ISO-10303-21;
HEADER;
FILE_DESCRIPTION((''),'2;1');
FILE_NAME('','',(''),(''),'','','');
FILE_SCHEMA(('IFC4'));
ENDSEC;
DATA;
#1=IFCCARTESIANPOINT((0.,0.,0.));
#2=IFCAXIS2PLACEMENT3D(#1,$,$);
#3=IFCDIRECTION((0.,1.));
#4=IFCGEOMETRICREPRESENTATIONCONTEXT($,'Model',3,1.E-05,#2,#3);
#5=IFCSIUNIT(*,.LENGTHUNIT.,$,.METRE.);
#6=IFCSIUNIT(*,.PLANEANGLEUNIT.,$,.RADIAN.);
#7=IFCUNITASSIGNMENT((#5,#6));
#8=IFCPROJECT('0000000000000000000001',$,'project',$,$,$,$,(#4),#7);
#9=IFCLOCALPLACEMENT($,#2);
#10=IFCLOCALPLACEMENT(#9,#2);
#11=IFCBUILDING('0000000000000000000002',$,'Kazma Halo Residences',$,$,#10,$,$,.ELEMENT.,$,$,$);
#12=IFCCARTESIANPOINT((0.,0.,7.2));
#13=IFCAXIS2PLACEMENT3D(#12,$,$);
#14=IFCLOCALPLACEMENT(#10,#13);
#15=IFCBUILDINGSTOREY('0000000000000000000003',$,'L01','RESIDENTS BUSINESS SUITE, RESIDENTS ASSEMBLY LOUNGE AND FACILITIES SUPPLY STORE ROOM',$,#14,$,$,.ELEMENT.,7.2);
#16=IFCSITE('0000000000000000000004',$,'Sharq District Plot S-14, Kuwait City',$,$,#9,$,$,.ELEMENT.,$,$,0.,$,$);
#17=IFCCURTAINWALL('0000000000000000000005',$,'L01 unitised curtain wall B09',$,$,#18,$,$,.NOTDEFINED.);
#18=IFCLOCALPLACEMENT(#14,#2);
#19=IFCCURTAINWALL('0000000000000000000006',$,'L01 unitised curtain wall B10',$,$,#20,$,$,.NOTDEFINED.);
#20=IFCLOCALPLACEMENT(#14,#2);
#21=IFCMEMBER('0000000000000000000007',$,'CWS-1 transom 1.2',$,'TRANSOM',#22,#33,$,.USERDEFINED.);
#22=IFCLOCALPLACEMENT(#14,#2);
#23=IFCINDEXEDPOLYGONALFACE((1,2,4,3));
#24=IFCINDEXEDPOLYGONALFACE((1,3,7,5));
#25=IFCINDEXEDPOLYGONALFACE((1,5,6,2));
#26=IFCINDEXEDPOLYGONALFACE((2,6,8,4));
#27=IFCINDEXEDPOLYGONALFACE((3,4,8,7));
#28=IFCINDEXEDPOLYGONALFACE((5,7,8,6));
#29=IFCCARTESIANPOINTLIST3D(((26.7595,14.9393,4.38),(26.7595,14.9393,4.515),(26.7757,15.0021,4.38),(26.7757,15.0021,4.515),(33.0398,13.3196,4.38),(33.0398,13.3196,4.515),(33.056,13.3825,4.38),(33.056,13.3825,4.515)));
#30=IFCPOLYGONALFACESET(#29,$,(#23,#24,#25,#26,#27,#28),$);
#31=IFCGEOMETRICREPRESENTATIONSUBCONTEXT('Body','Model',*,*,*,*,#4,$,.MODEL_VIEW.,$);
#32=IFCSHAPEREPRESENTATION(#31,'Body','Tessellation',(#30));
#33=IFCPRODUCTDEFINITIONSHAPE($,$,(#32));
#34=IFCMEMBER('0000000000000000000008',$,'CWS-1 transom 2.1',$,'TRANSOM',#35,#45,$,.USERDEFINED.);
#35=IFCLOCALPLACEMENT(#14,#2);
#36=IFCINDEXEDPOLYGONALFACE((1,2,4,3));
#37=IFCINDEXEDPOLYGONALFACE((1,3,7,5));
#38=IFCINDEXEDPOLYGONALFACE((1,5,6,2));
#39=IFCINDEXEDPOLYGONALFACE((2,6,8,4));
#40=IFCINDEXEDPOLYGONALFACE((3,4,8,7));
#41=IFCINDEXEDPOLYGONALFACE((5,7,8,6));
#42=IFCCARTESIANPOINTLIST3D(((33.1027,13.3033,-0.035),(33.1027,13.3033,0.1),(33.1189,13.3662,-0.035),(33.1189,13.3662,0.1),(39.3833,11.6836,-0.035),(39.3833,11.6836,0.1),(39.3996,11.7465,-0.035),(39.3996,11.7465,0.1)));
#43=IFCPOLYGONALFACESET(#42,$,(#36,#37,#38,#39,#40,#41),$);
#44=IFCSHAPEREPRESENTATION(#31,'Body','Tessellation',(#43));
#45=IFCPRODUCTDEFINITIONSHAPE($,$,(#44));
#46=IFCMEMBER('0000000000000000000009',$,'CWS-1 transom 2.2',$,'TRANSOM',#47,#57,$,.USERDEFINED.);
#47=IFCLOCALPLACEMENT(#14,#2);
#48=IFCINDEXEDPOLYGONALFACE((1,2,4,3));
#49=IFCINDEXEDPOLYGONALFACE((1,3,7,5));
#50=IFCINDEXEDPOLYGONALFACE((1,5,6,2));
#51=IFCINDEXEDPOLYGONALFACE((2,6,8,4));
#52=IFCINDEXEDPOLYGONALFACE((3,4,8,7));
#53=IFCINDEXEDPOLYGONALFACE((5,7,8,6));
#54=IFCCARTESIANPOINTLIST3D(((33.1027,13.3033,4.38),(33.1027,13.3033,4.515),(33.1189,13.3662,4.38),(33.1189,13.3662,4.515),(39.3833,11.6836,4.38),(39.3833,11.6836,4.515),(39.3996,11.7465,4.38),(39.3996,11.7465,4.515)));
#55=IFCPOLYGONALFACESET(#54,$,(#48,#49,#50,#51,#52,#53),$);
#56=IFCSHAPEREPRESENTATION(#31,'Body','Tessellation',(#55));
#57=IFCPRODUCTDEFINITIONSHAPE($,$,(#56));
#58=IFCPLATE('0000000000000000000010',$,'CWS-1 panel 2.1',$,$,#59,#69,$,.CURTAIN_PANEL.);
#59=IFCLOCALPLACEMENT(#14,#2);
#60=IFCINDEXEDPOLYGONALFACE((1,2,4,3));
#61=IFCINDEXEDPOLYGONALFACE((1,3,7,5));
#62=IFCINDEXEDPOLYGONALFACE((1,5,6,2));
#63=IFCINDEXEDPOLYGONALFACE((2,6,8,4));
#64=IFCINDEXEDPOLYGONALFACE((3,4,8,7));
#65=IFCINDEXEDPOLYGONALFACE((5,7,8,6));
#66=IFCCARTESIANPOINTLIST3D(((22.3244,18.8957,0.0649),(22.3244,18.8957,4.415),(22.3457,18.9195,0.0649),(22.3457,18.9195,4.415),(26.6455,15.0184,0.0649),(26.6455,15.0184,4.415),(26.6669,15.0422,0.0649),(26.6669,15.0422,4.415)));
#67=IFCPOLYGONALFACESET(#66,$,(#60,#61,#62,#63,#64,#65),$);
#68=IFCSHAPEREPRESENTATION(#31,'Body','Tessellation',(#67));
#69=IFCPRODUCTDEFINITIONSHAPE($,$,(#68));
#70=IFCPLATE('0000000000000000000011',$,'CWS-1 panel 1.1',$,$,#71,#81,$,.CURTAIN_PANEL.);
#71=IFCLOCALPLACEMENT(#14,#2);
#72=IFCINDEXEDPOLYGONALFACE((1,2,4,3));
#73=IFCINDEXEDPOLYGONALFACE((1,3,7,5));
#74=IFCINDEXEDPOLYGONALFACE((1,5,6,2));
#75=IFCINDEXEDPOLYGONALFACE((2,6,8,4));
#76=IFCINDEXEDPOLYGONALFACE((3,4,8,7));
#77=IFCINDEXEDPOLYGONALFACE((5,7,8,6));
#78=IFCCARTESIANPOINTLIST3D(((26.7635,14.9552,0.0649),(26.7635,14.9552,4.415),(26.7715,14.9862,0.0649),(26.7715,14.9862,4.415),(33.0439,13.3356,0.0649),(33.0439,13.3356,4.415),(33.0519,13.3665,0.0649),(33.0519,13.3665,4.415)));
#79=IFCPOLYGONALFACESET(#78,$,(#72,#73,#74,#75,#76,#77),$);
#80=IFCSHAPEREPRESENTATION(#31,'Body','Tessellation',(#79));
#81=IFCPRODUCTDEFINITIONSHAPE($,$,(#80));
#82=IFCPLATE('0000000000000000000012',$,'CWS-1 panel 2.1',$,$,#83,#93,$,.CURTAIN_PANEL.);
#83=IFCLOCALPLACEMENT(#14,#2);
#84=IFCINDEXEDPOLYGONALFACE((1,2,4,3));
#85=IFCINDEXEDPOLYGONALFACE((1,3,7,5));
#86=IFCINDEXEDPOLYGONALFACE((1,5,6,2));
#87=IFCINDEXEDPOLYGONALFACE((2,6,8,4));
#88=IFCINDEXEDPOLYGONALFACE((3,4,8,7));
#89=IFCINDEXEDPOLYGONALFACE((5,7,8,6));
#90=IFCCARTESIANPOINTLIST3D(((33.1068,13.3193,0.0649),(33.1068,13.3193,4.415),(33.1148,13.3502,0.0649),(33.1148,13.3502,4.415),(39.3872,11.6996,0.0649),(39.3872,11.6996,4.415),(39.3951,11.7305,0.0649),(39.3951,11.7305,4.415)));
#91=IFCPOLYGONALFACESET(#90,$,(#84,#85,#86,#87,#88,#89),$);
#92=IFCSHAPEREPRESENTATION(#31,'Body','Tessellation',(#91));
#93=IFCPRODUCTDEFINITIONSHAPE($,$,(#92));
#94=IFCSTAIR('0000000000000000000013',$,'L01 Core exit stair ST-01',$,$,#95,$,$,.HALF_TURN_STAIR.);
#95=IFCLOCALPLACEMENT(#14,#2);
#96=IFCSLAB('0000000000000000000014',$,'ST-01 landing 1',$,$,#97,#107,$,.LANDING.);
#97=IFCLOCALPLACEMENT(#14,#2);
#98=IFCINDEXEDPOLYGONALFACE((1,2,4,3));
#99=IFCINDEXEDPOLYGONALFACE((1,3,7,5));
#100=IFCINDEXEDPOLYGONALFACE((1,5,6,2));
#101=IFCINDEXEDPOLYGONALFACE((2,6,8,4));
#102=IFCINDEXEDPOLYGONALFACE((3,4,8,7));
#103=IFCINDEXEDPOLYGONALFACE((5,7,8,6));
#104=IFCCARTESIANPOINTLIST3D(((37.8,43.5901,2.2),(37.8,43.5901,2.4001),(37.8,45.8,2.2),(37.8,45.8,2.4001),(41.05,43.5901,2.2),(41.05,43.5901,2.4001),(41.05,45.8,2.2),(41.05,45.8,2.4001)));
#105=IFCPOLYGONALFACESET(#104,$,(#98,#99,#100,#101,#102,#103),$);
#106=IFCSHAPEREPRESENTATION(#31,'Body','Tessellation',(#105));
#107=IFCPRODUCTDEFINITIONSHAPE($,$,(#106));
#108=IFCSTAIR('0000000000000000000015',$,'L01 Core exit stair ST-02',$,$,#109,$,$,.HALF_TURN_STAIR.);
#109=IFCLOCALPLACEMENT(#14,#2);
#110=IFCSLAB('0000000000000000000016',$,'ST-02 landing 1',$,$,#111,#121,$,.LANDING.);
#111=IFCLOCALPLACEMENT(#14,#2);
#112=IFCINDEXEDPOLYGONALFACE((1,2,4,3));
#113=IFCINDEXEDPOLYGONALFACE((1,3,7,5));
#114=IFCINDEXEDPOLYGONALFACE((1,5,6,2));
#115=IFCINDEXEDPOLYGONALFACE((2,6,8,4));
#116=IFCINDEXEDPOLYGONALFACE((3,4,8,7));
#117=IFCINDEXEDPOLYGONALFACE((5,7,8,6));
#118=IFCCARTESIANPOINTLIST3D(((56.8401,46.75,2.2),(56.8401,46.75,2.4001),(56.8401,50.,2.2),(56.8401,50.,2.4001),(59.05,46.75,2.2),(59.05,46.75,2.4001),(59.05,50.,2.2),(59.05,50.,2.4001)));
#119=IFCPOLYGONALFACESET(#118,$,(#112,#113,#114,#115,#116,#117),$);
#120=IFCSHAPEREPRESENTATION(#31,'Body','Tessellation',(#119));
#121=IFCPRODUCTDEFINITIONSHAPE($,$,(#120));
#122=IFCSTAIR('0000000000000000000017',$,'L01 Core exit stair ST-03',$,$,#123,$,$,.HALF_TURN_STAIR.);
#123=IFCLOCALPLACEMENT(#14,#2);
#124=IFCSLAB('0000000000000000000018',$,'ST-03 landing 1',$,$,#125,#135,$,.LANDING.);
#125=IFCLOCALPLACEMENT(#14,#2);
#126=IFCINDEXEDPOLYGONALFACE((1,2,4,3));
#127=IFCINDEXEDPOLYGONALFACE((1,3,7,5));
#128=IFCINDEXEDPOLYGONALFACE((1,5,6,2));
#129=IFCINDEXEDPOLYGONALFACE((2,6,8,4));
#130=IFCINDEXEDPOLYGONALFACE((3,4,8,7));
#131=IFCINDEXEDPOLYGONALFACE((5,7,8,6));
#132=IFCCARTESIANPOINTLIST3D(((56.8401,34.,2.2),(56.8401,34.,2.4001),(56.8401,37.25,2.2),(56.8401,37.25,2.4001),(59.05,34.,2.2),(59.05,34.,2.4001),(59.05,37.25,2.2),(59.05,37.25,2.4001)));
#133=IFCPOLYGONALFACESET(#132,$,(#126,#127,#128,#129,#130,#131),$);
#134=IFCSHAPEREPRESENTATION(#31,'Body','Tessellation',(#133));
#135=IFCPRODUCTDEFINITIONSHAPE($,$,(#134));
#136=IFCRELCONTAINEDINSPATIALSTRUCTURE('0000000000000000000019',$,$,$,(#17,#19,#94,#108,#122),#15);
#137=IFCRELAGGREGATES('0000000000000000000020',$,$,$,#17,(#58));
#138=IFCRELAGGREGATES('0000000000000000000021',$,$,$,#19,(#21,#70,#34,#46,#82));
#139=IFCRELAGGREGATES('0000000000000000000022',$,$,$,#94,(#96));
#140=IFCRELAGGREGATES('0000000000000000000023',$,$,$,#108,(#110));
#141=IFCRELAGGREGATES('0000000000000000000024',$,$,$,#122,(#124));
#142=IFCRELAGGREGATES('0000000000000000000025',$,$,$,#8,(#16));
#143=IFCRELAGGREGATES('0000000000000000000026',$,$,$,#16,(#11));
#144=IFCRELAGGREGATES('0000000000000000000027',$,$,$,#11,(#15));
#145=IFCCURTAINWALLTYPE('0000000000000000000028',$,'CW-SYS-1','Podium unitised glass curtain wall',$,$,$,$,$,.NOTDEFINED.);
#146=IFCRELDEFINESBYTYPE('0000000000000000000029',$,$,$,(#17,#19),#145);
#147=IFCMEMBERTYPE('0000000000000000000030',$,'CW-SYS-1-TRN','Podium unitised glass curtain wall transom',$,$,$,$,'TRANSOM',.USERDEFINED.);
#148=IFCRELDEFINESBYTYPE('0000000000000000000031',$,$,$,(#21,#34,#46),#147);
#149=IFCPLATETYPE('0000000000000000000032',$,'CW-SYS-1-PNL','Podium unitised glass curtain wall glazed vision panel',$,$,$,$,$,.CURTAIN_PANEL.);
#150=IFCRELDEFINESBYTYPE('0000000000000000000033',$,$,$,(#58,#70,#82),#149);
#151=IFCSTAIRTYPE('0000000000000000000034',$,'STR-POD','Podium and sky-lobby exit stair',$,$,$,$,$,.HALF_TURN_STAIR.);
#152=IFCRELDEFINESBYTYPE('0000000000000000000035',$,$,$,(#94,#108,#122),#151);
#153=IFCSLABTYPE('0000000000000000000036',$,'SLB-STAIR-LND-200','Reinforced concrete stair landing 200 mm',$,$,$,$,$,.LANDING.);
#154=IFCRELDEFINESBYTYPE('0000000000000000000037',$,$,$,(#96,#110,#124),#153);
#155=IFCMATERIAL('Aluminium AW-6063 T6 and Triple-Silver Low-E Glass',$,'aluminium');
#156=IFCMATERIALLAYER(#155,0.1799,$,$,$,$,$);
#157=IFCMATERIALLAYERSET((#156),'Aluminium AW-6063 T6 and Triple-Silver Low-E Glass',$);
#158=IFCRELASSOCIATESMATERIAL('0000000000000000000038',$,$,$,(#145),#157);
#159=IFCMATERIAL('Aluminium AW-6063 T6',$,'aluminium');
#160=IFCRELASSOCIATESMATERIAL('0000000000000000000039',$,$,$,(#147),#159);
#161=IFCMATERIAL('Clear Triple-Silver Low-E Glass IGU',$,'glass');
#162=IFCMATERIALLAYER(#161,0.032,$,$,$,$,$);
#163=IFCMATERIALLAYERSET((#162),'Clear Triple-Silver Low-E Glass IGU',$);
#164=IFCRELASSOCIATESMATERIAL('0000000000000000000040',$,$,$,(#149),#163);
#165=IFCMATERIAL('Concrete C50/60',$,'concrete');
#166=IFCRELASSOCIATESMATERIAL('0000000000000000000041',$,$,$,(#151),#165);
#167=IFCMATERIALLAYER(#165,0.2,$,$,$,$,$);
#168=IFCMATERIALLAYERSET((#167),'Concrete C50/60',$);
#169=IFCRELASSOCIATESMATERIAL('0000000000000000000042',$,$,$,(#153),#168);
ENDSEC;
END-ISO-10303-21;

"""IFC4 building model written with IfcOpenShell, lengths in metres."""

from ifc_helpers import new_model, si_unit, direction, frame, origin, origin_2d, place, context, subcontext, project, spatial, polyline, rectangle, outline, extrude, material, layer, layer_set, material_profile, profile_set, type_object, element, aggregate, save


model = new_model("IFC4")

# Units and contexts
model_context = context("Model", 3, precision=1e-05, world=origin(), true_north=direction((0.0, 1.0)))
body_context = subcontext(model_context, "Body", "Model", "MODEL_VIEW")
ifc_project = project(units=[si_unit("LENGTHUNIT", "METRE"), si_unit("PLANEANGLEUNIT", "RADIAN")], contexts=[model_context])

# Site, building, storey
site_placement = place(None, origin())
site = spatial("IfcSite", under=ifc_project, at=site_placement, Name="Sharq District Plot S-14, Kuwait City", CompositionType="ELEMENT", RefElevation=0.0)
building_placement = place(site_placement, origin())
building = spatial("IfcBuilding", under=site, at=building_placement, Name="Kazma Halo Residences", CompositionType="ELEMENT")
storey_placement = place(building_placement, frame((0.0, 0.0, 7.2)))
storey = spatial("IfcBuildingStorey", under=building, at=storey_placement, Name="L01", Description="RESIDENTS BUSINESS SUITE, RESIDENTS ASSEMBLY LOUNGE AND FACILITIES SUPPLY STORE ROOM", CompositionType="ELEMENT", Elevation=7.2)

# Curtain wall
ifc_material_1 = material(Name="Aluminium AW-6063 T6 and Triple-Silver Low-E Glass", Category="aluminium")
ifc_layer_1 = layer(ifc_material_1, 0.1799)
ifc_layer_set_1 = layer_set([ifc_layer_1], Name="Aluminium AW-6063 T6 and Triple-Silver Low-E Glass")
curtain_wall_type = type_object("IfcCurtainWallType", Name="CW-SYS-1", Description="Podium unitised glass curtain wall", PredefinedType="NOTDEFINED", material=ifc_layer_set_1)
curtain_wall_1_placement = place(storey_placement, origin())
curtain_wall_1 = element("IfcCurtainWall", 1, at=curtain_wall_1_placement, inside=storey, type_object=curtain_wall_type, Name="L01 unitised curtain wall B09", PredefinedType="NOTDEFINED")
ifc_material_2 = material(Name="Aluminium AW-6063 T6", Category="aluminium")

# Curtain wall
curtain_wall_2_placement = place(storey_placement, origin())
curtain_wall_2 = element("IfcCurtainWall", 2, at=curtain_wall_2_placement, inside=storey, type_object=curtain_wall_type, Name="L01 unitised curtain wall B10", PredefinedType="NOTDEFINED")

# Members
ifc_material_profile_1 = material_profile(ifc_material_2, rectangle(XDim=0.0649, YDim=0.135, at=origin_2d()), Name="CWT-65x135")
ifc_profile_set_1 = profile_set([ifc_material_profile_1], Name="Aluminium AW-6063 T6")
member_type_1 = type_object("IfcMemberType", Name="CW-SYS-1-TRN", Description="Podium unitised glass curtain wall transom", ElementType="TRANSOM", PredefinedType="USERDEFINED", material=ifc_profile_set_1)
member_1_placement = place(storey_placement, frame((26.7676, 14.9707, 4.4475), z_axis=(0.968318, -0.249721, 0.0), x_axis=(0.249721, 0.968318, 0.0)))
member_1 = element("IfcMember", 3, at=member_1_placement, type_object=member_type_1, Name="CWS-1 transom 1.2", ObjectType="TRANSOM", PredefinedType="USERDEFINED", context=body_context, shape_type="SweptSolid", body=[
    extrude(rectangle(XDim=0.0649, YDim=0.135, at=origin_2d()), origin(), (0.0, 0.0, 1.0), 6.4858),
])
member_2_placement = place(storey_placement, frame((33.1108, 13.3347, 0.0325), z_axis=(0.96832, -0.249712, 0.0), x_axis=(0.249712, 0.96832, 0.0)))
member_2 = element("IfcMember", 4, at=member_2_placement, type_object=member_type_1, Name="CWS-1 transom 2.1", ObjectType="TRANSOM", PredefinedType="USERDEFINED", context=body_context, shape_type="SweptSolid", body=[
    extrude(rectangle(XDim=0.0649, YDim=0.135, at=origin_2d()), origin(), (0.0, 0.0, 1.0), 6.4861),
])
member_3_placement = place(storey_placement, frame((33.1108, 13.3347, 4.4475), z_axis=(0.96832, -0.249712, 0.0), x_axis=(0.249712, 0.96832, 0.0)))
member_3 = element("IfcMember", 5, at=member_3_placement, type_object=member_type_1, Name="CWS-1 transom 2.2", ObjectType="TRANSOM", PredefinedType="USERDEFINED", context=body_context, shape_type="SweptSolid", body=[
    extrude(rectangle(XDim=0.0649, YDim=0.135, at=origin_2d()), origin(), (0.0, 0.0, 1.0), 6.4861),
])

# Plates
ifc_material_3 = material(Name="Clear Triple-Silver Low-E Glass IGU", Category="glass")
ifc_layer_2 = layer(ifc_material_3, 0.032)
ifc_layer_set_2 = layer_set([ifc_layer_2], Name="Clear Triple-Silver Low-E Glass IGU")
plate_type = type_object("IfcPlateType", Name="CW-SYS-1-PNL", Description="Podium unitised glass curtain wall glazed vision panel", PredefinedType="CURTAIN_PANEL", material=ifc_layer_set_2)
plate_1_placement = place(storey_placement, frame((24.4956, 16.969, 0.0649), z_axis=(0.0, 0.0, 1.0), x_axis=(0.744298, -0.667848, 0.0)))
plate_1 = element("IfcPlate", 6, at=plate_1_placement, type_object=plate_type, Name="CWS-1 panel 2.1", PredefinedType="CURTAIN_PANEL", context=body_context, shape_type="SweptSolid", body=[
    extrude(rectangle(XDim=5.8057, YDim=0.032, at=origin_2d()), origin(), (0.0, 0.0, 1.0), 4.3501),
])
aggregate(curtain_wall_1, [plate_1])
plate_2_placement = place(storey_placement, frame((29.9077, 14.1609, 0.0649), z_axis=(0.0, 0.0, 1.0), x_axis=(0.968316, -0.249727, 0.0)))
plate_2 = element("IfcPlate", 7, at=plate_2_placement, type_object=plate_type, Name="CWS-1 panel 1.1", PredefinedType="CURTAIN_PANEL", context=body_context, shape_type="SweptSolid", body=[
    extrude(rectangle(XDim=6.4858, YDim=0.032, at=origin_2d()), origin(), (0.0, 0.0, 1.0), 4.3501),
])
plate_3_placement = place(storey_placement, frame((36.251, 12.5249, 0.0649), z_axis=(0.0, 0.0, 1.0), x_axis=(0.968316, -0.249727, 0.0)))
plate_3 = element("IfcPlate", 8, at=plate_3_placement, type_object=plate_type, Name="CWS-1 panel 2.1", PredefinedType="CURTAIN_PANEL", context=body_context, shape_type="SweptSolid", body=[
    extrude(rectangle(XDim=6.4858, YDim=0.032, at=origin_2d()), origin(), (0.0, 0.0, 1.0), 4.3501),
])
aggregate(curtain_wall_2, [member_1, plate_2, member_2, member_3, plate_3])

# Stairs, slabs
ifc_material_4 = material(Name="Concrete C50/60", Category="concrete")
stair_type = type_object("IfcStairType", Name="STR-POD", Description="Podium and sky-lobby exit stair", PredefinedType="HALF_TURN_STAIR", material=ifc_material_4)
stair_1_placement = place(storey_placement, origin())
stair_1 = element("IfcStair", 9, at=stair_1_placement, inside=storey, type_object=stair_type, Name="L01 Core exit stair ST-01", PredefinedType="HALF_TURN_STAIR")
ifc_layer_3 = layer(ifc_material_4, 0.2)
ifc_layer_set_3 = layer_set([ifc_layer_3], Name="Concrete C50/60")
slab_type_1 = type_object("IfcSlabType", Name="SLB-STAIR-LND-200", Description="Reinforced concrete stair landing 200 mm", PredefinedType="LANDING", material=ifc_layer_set_3)
slab_1_placement = place(storey_placement, frame((0.0, 0.0, 2.2)))
slab_1 = element("IfcSlab", 10, at=slab_1_placement, type_object=slab_type_1, Name="ST-01 landing 1", PredefinedType="LANDING", context=body_context, shape_type="SweptSolid", body=[
    extrude(outline(polyline([(41.05, 43.5901), (41.05, 45.8), (37.8, 45.8), (37.8, 43.5901), (41.05, 43.5901)])), origin(), (0.0, 0.0, 1.0), 0.2002),
])
aggregate(stair_1, [slab_1])
stair_2_placement = place(storey_placement, origin())
stair_2 = element("IfcStair", 11, at=stair_2_placement, inside=storey, type_object=stair_type, Name="L01 Core exit stair ST-02", PredefinedType="HALF_TURN_STAIR")
slab_2_placement = place(storey_placement, frame((0.0, 0.0, 2.2)))
slab_2 = element("IfcSlab", 12, at=slab_2_placement, type_object=slab_type_1, Name="ST-02 landing 1", PredefinedType="LANDING", context=body_context, shape_type="SweptSolid", body=[
    extrude(outline(polyline([(56.8401, 46.75), (59.05, 46.75), (59.05, 50.0), (56.8401, 50.0), (56.8401, 46.75)])), origin(), (0.0, 0.0, 1.0), 0.2002),
])
aggregate(stair_2, [slab_2])
stair_3_placement = place(storey_placement, origin())
stair_3 = element("IfcStair", 13, at=stair_3_placement, inside=storey, type_object=stair_type, Name="L01 Core exit stair ST-03", PredefinedType="HALF_TURN_STAIR")
slab_3_placement = place(storey_placement, frame((0.0, 0.0, 2.2)))
slab_3 = element("IfcSlab", 14, at=slab_3_placement, type_object=slab_type_1, Name="ST-03 landing 1", PredefinedType="LANDING", context=body_context, shape_type="SweptSolid", body=[
    extrude(outline(polyline([(56.8401, 34.0), (59.05, 34.0), (59.05, 37.25), (56.8401, 37.25), (56.8401, 34.0)])), origin(), (0.0, 0.0, 1.0), 0.2002),
])
aggregate(stair_3, [slab_3])

save(model, "model.ifc")
